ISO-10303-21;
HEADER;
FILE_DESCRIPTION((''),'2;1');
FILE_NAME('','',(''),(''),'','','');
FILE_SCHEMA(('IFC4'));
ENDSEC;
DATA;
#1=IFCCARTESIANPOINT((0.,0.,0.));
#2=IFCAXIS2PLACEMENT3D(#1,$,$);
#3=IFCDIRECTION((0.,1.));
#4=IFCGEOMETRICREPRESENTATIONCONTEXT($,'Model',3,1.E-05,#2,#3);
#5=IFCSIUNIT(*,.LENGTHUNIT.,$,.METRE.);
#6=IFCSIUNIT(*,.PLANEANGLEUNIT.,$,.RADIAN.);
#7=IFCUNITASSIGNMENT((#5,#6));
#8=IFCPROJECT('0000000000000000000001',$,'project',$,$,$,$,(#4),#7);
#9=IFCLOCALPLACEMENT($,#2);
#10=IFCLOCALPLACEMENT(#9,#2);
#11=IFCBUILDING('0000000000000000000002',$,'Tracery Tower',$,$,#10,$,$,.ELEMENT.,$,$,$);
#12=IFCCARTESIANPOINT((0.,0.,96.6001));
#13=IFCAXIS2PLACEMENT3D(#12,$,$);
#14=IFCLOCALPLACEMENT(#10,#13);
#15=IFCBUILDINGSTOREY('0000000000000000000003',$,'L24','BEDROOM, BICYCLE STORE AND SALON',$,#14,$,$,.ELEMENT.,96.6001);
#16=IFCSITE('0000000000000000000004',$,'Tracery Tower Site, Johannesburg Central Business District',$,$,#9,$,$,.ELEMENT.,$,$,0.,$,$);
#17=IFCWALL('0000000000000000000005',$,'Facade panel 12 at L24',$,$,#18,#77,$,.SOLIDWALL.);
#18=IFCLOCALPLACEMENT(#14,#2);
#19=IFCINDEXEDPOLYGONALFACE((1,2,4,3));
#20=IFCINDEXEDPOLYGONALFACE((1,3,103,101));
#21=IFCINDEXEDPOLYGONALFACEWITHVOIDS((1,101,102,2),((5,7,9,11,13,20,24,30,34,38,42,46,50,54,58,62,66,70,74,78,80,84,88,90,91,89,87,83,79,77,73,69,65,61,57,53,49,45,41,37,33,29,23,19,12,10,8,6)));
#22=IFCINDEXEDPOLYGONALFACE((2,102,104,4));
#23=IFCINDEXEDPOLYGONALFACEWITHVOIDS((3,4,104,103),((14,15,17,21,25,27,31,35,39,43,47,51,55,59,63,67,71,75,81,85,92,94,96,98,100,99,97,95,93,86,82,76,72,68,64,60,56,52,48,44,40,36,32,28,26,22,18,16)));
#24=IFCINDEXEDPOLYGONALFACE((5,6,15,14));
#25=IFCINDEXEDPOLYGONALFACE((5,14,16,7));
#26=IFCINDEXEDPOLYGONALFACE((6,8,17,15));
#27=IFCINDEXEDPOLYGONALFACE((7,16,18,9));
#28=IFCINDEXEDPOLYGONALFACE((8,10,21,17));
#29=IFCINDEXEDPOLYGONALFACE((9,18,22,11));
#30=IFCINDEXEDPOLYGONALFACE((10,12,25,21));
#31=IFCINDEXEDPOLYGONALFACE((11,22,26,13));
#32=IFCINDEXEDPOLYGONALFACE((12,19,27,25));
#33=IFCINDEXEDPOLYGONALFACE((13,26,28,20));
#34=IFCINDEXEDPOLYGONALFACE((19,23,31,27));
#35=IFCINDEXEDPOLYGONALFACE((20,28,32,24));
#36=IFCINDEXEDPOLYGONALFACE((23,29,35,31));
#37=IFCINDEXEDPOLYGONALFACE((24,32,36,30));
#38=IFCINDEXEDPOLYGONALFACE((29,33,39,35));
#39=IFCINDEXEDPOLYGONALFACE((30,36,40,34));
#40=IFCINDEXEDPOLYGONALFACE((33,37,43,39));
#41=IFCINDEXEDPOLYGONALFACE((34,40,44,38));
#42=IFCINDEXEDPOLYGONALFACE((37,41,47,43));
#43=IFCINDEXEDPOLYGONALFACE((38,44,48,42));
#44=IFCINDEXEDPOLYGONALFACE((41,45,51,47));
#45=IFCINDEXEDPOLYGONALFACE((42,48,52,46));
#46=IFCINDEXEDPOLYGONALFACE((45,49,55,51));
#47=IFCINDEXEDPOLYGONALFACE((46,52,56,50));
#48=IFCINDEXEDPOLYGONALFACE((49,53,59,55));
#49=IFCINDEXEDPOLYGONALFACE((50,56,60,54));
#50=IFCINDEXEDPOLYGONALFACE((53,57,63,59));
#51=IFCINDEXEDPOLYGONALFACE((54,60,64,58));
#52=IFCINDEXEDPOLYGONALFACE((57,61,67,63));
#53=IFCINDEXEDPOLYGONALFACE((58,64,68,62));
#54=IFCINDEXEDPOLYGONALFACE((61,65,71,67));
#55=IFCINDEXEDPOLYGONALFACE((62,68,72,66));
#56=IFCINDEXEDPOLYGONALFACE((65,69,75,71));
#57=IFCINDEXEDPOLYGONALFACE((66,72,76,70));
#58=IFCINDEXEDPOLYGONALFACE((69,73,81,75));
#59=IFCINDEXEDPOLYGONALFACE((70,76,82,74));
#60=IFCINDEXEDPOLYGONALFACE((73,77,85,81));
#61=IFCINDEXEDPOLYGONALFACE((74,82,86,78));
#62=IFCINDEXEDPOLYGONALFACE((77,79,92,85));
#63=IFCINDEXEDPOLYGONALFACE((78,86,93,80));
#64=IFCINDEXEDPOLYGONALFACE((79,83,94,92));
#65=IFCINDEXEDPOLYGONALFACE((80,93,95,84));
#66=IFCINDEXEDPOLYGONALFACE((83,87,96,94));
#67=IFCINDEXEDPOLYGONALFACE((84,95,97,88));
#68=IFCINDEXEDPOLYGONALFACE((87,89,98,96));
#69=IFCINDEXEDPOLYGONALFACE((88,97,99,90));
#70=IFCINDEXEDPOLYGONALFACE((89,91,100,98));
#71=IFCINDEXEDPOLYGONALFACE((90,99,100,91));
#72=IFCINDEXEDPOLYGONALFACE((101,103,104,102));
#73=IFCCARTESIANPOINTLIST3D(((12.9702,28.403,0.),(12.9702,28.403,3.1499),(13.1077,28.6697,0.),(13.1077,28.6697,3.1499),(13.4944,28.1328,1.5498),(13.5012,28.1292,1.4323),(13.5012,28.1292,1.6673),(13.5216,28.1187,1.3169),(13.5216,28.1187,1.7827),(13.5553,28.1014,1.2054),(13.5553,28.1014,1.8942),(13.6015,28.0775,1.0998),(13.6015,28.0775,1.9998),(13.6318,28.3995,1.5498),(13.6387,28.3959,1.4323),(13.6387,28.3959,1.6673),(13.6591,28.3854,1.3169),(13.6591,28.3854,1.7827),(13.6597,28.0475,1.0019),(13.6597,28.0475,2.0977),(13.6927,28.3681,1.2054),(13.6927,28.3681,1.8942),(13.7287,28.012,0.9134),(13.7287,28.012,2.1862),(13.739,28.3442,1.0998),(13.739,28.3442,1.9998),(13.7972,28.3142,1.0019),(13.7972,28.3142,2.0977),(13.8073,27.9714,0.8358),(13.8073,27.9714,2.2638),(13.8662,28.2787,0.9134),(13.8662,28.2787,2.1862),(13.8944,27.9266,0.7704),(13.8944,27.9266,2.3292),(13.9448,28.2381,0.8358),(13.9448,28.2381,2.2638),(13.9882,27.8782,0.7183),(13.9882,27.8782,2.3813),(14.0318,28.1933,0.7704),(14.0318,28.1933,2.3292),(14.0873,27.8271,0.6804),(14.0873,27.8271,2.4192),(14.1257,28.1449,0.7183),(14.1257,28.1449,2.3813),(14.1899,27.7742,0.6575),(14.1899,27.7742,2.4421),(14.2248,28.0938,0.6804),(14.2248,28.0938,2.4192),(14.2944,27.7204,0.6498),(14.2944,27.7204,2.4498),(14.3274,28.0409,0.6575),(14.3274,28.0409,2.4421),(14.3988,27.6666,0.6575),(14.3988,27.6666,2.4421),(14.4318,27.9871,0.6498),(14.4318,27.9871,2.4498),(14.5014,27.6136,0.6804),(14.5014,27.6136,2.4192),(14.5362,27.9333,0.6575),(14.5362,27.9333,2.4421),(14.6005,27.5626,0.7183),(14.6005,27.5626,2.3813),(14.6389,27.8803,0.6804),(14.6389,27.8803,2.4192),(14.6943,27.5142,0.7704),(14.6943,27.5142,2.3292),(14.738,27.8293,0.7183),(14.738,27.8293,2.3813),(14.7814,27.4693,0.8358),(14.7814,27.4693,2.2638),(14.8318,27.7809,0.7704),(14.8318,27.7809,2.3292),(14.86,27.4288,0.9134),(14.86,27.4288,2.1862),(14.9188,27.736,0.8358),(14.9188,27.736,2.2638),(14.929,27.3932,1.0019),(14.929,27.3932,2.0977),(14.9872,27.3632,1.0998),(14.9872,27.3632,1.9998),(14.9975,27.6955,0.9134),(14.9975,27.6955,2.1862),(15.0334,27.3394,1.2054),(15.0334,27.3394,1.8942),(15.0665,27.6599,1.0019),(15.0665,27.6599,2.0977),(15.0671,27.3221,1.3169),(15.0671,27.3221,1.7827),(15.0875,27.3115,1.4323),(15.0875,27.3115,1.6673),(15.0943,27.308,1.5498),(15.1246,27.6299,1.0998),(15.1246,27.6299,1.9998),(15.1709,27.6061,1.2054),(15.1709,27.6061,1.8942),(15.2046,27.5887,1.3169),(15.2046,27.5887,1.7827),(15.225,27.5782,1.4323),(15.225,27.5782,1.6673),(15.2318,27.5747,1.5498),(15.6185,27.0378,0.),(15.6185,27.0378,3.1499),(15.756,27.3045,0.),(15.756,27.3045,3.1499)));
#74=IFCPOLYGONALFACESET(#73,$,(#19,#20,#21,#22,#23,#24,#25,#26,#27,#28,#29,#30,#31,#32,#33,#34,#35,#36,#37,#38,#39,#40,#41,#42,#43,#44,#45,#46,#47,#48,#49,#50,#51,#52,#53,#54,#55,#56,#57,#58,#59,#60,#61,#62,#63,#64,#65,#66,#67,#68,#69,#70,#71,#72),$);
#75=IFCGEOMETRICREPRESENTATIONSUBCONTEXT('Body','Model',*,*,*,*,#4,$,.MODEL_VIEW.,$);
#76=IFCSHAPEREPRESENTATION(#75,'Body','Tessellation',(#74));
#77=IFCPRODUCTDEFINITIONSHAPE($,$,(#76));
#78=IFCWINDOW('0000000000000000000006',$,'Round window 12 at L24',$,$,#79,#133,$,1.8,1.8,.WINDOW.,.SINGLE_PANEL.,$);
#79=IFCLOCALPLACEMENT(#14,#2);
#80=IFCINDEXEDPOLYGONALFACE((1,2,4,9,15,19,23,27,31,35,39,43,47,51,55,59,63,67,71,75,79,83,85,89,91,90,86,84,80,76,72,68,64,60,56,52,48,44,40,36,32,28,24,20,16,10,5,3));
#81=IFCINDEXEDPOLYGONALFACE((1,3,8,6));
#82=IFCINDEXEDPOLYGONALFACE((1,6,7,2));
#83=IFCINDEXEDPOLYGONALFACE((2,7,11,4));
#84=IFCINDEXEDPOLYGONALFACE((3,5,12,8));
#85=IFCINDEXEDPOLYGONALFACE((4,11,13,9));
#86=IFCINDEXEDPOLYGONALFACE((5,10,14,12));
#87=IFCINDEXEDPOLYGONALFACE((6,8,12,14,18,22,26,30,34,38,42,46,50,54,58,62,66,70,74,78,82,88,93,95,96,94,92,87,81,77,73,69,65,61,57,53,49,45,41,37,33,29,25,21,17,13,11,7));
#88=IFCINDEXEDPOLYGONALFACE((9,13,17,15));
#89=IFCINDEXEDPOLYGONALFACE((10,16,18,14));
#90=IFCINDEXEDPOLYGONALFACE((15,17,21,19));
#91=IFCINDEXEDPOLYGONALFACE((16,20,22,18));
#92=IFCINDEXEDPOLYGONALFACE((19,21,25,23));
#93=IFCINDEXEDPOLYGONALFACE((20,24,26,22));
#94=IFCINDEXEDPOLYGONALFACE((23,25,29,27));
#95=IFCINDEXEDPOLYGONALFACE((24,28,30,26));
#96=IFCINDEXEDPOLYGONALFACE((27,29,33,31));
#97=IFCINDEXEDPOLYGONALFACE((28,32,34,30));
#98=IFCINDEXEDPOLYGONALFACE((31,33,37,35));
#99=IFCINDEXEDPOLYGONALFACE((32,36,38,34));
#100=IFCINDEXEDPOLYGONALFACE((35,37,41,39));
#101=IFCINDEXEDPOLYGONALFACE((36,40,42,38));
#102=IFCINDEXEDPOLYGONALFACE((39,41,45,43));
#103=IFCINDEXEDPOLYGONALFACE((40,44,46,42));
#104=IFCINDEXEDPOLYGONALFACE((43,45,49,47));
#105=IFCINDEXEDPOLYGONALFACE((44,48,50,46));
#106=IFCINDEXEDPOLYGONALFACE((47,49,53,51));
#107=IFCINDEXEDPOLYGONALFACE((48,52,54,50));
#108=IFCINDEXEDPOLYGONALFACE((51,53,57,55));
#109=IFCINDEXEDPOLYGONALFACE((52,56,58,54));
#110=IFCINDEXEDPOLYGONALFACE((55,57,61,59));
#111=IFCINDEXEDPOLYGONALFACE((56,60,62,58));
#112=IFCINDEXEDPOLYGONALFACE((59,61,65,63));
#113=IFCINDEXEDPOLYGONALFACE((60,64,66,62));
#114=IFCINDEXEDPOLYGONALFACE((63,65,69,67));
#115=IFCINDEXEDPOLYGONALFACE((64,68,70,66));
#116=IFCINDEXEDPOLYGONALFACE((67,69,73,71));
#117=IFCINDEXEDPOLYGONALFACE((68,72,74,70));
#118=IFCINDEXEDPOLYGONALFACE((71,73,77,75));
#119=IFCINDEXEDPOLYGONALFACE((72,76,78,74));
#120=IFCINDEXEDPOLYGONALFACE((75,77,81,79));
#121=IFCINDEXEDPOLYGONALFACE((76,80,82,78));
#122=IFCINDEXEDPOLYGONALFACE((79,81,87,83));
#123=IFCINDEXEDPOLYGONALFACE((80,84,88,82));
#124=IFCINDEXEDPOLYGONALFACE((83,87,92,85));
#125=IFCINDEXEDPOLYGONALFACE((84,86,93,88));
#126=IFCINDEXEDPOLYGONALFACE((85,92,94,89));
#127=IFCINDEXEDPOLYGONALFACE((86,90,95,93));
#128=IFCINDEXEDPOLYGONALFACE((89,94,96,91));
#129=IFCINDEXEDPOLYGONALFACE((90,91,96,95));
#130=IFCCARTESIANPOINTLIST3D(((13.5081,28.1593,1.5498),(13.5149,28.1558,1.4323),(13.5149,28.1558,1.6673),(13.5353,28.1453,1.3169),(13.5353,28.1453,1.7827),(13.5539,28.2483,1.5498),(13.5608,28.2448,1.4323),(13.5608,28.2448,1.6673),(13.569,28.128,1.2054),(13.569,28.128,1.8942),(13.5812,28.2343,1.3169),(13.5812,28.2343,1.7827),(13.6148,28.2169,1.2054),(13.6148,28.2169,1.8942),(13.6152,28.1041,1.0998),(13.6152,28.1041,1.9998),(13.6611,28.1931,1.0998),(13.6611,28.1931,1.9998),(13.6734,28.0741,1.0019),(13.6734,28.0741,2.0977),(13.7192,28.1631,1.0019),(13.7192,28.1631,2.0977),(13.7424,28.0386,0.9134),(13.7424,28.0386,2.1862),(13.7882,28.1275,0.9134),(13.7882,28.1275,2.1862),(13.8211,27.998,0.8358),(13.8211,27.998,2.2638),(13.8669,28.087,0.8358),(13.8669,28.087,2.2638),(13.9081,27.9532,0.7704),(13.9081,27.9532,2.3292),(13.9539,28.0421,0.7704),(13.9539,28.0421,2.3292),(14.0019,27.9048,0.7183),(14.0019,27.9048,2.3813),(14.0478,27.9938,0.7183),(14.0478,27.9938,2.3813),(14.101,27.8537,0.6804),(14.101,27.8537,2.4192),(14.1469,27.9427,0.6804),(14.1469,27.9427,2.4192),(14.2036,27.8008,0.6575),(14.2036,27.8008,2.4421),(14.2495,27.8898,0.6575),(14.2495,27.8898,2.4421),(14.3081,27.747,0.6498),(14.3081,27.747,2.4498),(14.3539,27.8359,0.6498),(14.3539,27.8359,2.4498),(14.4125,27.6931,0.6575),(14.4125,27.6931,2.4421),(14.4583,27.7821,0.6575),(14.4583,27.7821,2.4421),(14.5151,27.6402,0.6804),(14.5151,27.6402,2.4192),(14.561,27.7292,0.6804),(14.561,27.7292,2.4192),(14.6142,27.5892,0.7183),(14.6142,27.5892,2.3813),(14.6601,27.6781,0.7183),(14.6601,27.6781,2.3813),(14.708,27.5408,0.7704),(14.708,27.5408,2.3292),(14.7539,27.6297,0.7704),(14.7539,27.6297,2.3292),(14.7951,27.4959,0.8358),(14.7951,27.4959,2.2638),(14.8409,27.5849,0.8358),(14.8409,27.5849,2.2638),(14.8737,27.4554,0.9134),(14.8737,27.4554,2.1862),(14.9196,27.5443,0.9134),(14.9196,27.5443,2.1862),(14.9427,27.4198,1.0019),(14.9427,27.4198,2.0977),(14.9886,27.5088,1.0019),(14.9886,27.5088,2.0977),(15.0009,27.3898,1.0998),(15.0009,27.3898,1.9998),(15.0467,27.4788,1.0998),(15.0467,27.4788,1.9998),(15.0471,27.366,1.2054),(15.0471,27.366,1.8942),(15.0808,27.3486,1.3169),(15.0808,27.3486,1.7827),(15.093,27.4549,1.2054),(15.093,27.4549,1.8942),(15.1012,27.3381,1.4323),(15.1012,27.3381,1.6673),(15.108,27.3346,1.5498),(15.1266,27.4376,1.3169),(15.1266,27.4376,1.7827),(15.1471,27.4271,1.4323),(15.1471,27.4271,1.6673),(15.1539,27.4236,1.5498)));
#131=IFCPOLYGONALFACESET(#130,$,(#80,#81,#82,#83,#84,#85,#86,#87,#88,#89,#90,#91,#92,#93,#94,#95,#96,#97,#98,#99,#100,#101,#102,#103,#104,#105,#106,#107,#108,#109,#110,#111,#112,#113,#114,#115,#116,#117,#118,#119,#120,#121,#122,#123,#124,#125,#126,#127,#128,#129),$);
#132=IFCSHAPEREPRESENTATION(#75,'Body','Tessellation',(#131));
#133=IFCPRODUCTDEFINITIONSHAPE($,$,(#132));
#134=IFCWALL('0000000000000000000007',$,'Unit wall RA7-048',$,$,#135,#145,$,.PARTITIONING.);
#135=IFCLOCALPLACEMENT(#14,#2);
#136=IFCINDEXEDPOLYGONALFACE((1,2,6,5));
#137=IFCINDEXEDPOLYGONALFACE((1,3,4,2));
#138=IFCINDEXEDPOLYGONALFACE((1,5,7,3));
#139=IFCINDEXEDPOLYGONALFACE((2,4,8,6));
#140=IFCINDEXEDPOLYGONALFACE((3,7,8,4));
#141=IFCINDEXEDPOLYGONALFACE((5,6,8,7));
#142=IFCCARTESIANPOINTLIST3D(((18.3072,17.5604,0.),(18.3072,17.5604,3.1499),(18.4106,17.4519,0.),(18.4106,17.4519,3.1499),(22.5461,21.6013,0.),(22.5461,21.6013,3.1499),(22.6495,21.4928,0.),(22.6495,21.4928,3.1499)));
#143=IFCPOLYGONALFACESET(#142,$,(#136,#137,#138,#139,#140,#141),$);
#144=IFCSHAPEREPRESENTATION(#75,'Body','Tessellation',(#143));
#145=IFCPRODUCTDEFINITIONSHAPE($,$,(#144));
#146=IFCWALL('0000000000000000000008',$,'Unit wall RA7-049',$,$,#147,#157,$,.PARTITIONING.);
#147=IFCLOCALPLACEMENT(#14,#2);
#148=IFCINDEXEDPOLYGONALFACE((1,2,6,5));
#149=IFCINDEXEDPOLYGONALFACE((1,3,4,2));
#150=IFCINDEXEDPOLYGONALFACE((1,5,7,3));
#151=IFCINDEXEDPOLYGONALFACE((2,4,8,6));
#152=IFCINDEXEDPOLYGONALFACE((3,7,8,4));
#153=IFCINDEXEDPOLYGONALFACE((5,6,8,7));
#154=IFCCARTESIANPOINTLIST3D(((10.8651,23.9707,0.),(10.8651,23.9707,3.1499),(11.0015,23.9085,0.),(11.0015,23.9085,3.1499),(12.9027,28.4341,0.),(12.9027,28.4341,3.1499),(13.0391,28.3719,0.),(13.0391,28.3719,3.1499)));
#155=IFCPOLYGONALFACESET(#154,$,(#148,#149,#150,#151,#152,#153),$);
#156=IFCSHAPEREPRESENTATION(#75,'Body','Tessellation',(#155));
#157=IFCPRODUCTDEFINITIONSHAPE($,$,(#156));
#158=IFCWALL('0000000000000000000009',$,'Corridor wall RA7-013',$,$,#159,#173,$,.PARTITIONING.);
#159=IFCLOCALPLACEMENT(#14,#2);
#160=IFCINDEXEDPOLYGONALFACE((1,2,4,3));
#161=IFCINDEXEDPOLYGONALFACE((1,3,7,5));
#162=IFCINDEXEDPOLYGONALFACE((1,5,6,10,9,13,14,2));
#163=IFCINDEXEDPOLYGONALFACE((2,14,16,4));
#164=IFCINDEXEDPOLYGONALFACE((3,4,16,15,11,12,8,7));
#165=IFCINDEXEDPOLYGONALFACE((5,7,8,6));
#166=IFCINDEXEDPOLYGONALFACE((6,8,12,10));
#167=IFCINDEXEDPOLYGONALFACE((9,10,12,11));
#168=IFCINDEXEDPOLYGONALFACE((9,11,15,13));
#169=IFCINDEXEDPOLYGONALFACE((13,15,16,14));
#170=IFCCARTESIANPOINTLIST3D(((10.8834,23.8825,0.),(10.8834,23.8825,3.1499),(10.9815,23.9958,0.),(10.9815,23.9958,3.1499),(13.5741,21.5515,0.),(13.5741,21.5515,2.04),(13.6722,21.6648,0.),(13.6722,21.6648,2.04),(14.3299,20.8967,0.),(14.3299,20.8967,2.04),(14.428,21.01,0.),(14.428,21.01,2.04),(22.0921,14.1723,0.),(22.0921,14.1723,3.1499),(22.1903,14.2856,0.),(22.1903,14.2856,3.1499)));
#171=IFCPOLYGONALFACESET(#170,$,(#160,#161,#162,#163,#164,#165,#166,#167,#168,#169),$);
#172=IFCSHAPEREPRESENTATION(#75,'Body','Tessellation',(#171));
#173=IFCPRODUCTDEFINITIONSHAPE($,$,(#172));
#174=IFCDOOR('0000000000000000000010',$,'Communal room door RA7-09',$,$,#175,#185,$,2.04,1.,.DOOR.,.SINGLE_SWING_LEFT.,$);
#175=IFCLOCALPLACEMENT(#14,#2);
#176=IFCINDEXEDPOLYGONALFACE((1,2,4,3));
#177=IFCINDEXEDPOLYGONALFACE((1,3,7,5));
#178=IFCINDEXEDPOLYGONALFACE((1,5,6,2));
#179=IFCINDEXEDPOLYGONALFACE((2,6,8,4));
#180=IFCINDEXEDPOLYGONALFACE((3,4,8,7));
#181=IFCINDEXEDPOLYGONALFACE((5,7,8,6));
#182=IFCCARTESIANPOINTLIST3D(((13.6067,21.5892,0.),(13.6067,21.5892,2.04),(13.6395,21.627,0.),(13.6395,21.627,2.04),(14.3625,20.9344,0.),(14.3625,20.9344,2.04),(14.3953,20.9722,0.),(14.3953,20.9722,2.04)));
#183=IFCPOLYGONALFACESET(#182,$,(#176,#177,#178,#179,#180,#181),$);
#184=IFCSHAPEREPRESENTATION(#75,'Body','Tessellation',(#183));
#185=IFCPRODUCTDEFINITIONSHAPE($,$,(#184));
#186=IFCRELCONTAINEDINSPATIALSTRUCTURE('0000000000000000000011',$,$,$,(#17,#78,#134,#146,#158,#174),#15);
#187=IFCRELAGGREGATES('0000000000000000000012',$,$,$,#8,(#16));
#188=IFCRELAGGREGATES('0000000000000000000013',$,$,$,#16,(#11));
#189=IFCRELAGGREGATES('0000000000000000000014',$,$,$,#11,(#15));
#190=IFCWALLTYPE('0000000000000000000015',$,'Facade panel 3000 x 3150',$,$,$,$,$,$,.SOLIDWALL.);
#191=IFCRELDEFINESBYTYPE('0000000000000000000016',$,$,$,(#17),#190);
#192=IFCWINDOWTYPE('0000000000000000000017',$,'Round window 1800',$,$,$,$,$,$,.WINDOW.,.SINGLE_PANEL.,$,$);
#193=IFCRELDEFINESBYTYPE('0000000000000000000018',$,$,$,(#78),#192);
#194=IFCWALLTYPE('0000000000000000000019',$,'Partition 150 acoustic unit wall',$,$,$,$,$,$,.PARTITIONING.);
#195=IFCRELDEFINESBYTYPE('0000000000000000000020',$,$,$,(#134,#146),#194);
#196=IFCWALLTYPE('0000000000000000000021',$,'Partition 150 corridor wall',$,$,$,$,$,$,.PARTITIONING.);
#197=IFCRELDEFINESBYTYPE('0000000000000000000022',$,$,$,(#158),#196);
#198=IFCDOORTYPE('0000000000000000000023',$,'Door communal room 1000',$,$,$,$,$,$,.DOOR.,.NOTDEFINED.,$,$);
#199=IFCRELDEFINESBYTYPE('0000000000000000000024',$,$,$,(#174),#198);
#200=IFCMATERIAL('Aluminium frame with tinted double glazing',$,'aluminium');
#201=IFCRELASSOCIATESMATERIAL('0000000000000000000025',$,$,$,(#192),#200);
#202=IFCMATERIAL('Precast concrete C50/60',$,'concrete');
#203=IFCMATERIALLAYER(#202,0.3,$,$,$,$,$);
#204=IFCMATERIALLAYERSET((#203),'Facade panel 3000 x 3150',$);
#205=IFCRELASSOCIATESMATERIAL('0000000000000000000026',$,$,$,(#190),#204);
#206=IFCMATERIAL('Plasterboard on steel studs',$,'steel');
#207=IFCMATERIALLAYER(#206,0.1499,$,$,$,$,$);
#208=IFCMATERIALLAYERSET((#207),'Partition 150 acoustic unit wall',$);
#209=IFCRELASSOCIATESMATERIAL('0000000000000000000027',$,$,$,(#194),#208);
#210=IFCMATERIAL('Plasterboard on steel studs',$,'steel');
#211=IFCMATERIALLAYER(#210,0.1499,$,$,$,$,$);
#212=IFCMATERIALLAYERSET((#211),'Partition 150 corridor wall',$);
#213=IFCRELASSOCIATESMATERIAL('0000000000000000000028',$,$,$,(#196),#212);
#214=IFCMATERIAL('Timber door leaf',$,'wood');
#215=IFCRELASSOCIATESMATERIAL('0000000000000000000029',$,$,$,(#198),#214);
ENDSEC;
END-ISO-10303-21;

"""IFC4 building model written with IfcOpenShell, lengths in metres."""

from ifc_helpers import new_model, si_unit, direction, frame, frame_2d, origin, origin_2d, place, context, subcontext, project, spatial, rectangle, circle, extrude, material, layer, layer_set, type_object, element, fill, save


model = new_model("IFC4")

# Units and contexts
model_context = context("Model", 3, precision=1e-05, world=origin(), true_north=direction((0.0, 1.0)))
body_context = subcontext(model_context, "Body", "Model", "MODEL_VIEW")
ifc_project = project(units=[si_unit("LENGTHUNIT", "METRE"), si_unit("PLANEANGLEUNIT", "RADIAN")], contexts=[model_context])

# Site, building, storey
site_placement = place(None, origin())
site = spatial("IfcSite", under=ifc_project, at=site_placement, Name="Tracery Tower Site, Johannesburg Central Business District", CompositionType="ELEMENT", RefElevation=0.0)
building_placement = place(site_placement, origin())
building = spatial("IfcBuilding", under=site, at=building_placement, Name="Tracery Tower", CompositionType="ELEMENT")
storey_placement = place(building_placement, frame((0.0, 0.0, 96.6001)))
storey = spatial("IfcBuildingStorey", under=building, at=storey_placement, Name="L24", Description="BEDROOM, BICYCLE STORE AND SALON", CompositionType="ELEMENT", Elevation=96.6001)

# Wall, opening, window
ifc_material_1 = material(Name="Aluminium frame with tinted double glazing", Category="aluminium")
window_type = type_object("IfcWindowType", Name="Round window 1800", PartitioningType="SINGLE_PANEL", PredefinedType="WINDOW", material=ifc_material_1)
ifc_material_2 = material(Name="Precast concrete C50/60", Category="concrete")
ifc_layer_1 = layer(ifc_material_2, 0.3)
ifc_layer_set_1 = layer_set([ifc_layer_1], Name="Facade panel 3000 x 3150")
wall_type_1 = type_object("IfcWallType", Name="Facade panel 3000 x 3150", PredefinedType="SOLIDWALL", material=ifc_layer_set_1)
wall_1_placement = place(storey_placement, frame((15.6873, 27.1711, 0.0), z_axis=(0.0, 0.0, 1.0), x_axis=(-0.888853, 0.458192, 0.0)))
wall_1 = element("IfcWall", 1, at=wall_1_placement, inside=storey, type_object=wall_type_1, Name="Facade panel 12 at L24", PredefinedType="SOLIDWALL", context=body_context, shape_type="SweptSolid", body=[
    extrude(rectangle(XDim=2.9795, YDim=0.3, at=frame_2d((1.4897, 0.0))), origin(), (0.0, 0.0, 1.0), 3.1499),
])
opening_1_placement = place(wall_1_placement, frame((1.4897, 0.0, 1.5498)))
opening_1 = element("IfcOpeningElement", 2, at=opening_1_placement, cuts=wall_1, PredefinedType="OPENING", context=body_context, shape_type="SweptSolid", body=[
    extrude(circle(Radius=0.9, at=origin_2d()), frame((0.0, 0.1599, 0.0), z_axis=(0.0, -1.0, 0.0), x_axis=(1.0, 0.0, 0.0)), (0.0, 0.0, 1.0), 0.3201),
])
window_1_placement = place(opening_1_placement, origin())
window_1 = element("IfcWindow", 3, at=window_1_placement, inside=storey, type_object=window_type, Name="Round window 12 at L24", OverallHeight=1.8, OverallWidth=1.8, PartitioningType="SINGLE_PANEL", PredefinedType="WINDOW", context=body_context, shape_type="SweptSolid", body=[
    extrude(circle(Radius=0.9, at=origin_2d()), frame((0.0, 0.1201, 0.0), z_axis=(0.0, -1.0, 0.0), x_axis=(1.0, 0.0, 0.0)), (0.0, 0.0, 1.0), 0.1001),
])
fill(opening_1, window_1)

# Walls
ifc_material_3 = material(Name="Plasterboard on steel studs", Category="steel")
ifc_layer_2 = layer(ifc_material_3, 0.1499)
ifc_layer_set_2 = layer_set([ifc_layer_2], Name="Partition 150 acoustic unit wall")
wall_type_2 = type_object("IfcWallType", Name="Partition 150 acoustic unit wall", PredefinedType="PARTITIONING", material=ifc_layer_set_2)
wall_2_placement = place(storey_placement, frame((18.3589, 17.5061, 0.0), z_axis=(0.0, 0.0, 1.0), x_axis=(0.723809, 0.690001, 0.0)))
element("IfcWall", 4, at=wall_2_placement, inside=storey, type_object=wall_type_2, Name="Unit wall RA7-048", PredefinedType="PARTITIONING", context=body_context, shape_type="SweptSolid", body=[
    extrude(rectangle(XDim=5.8564, YDim=0.1499, at=frame_2d((2.9282, 0.0))), origin(), (0.0, 0.0, 1.0), 3.1499),
])
wall_3_placement = place(storey_placement, frame((10.9333, 23.9397, 0.0), z_axis=(0.0, 0.0, 1.0), x_axis=(0.415287, 0.90969, 0.0)))
element("IfcWall", 5, at=wall_3_placement, inside=storey, type_object=wall_type_2, Name="Unit wall RA7-049", PredefinedType="PARTITIONING", context=body_context, shape_type="SweptSolid", body=[
    extrude(rectangle(XDim=4.9065, YDim=0.1499, at=frame_2d((2.4531, 0.0))), origin(), (0.0, 0.0, 1.0), 3.1499),
])

# Wall, opening, door
ifc_material_4 = material(Name="Plasterboard on steel studs", Category="steel")
ifc_layer_3 = layer(ifc_material_4, 0.1499)
ifc_layer_set_3 = layer_set([ifc_layer_3], Name="Partition 150 corridor wall")
wall_type_3 = type_object("IfcWallType", Name="Partition 150 corridor wall", PredefinedType="PARTITIONING", material=ifc_layer_set_3)
wall_4_placement = place(storey_placement, frame((10.9324, 23.9392, 0.0), z_axis=(0.0, 0.0, 1.0), x_axis=(0.755824, -0.654775, 0.0)))
wall_4 = element("IfcWall", 6, at=wall_4_placement, inside=storey, type_object=wall_type_3, Name="Corridor wall RA7-013", PredefinedType="PARTITIONING", context=body_context, shape_type="SweptSolid", body=[
    extrude(rectangle(XDim=14.8298, YDim=0.1499, at=frame_2d((7.415, 0.0))), origin(), (0.0, 0.0, 1.0), 3.1499),
])
opening_2_placement = place(wall_4_placement, frame((3.5601, 0.0, 0.0)))
opening_2 = element("IfcOpeningElement", 7, at=opening_2_placement, cuts=wall_4, PredefinedType="OPENING", context=body_context, shape_type="SweptSolid", body=[
    extrude(rectangle(XDim=1.0, YDim=2.04, at=frame_2d((0.5, 1.02))), frame((0.0, 0.075, 0.0), z_axis=(0.0, -1.0, 0.0), x_axis=(1.0, 0.0, 0.0)), (0.0, 0.0, 1.0), 0.1499),
])
ifc_material_5 = material(Name="Timber door leaf", Category="wood")
door_type = type_object("IfcDoorType", Name="Door communal room 1000", OperationType="NOTDEFINED", PredefinedType="DOOR", material=ifc_material_5)
door_placement = place(opening_2_placement, origin())
door = element("IfcDoor", 8, at=door_placement, inside=storey, type_object=door_type, Name="Communal room door RA7-09", OperationType="SINGLE_SWING_LEFT", OverallHeight=2.04, OverallWidth=1.0, PredefinedType="DOOR", context=body_context, shape_type="SweptSolid", body=[
    extrude(rectangle(XDim=1.0, YDim=2.04, at=frame_2d((0.5, 1.02))), frame((0.0, 0.0249, 0.0), z_axis=(0.0, -1.0, 0.0), x_axis=(1.0, 0.0, 0.0)), (0.0, 0.0, 1.0), 0.05),
])
fill(opening_2, door)

save(model, "model.ifc")
